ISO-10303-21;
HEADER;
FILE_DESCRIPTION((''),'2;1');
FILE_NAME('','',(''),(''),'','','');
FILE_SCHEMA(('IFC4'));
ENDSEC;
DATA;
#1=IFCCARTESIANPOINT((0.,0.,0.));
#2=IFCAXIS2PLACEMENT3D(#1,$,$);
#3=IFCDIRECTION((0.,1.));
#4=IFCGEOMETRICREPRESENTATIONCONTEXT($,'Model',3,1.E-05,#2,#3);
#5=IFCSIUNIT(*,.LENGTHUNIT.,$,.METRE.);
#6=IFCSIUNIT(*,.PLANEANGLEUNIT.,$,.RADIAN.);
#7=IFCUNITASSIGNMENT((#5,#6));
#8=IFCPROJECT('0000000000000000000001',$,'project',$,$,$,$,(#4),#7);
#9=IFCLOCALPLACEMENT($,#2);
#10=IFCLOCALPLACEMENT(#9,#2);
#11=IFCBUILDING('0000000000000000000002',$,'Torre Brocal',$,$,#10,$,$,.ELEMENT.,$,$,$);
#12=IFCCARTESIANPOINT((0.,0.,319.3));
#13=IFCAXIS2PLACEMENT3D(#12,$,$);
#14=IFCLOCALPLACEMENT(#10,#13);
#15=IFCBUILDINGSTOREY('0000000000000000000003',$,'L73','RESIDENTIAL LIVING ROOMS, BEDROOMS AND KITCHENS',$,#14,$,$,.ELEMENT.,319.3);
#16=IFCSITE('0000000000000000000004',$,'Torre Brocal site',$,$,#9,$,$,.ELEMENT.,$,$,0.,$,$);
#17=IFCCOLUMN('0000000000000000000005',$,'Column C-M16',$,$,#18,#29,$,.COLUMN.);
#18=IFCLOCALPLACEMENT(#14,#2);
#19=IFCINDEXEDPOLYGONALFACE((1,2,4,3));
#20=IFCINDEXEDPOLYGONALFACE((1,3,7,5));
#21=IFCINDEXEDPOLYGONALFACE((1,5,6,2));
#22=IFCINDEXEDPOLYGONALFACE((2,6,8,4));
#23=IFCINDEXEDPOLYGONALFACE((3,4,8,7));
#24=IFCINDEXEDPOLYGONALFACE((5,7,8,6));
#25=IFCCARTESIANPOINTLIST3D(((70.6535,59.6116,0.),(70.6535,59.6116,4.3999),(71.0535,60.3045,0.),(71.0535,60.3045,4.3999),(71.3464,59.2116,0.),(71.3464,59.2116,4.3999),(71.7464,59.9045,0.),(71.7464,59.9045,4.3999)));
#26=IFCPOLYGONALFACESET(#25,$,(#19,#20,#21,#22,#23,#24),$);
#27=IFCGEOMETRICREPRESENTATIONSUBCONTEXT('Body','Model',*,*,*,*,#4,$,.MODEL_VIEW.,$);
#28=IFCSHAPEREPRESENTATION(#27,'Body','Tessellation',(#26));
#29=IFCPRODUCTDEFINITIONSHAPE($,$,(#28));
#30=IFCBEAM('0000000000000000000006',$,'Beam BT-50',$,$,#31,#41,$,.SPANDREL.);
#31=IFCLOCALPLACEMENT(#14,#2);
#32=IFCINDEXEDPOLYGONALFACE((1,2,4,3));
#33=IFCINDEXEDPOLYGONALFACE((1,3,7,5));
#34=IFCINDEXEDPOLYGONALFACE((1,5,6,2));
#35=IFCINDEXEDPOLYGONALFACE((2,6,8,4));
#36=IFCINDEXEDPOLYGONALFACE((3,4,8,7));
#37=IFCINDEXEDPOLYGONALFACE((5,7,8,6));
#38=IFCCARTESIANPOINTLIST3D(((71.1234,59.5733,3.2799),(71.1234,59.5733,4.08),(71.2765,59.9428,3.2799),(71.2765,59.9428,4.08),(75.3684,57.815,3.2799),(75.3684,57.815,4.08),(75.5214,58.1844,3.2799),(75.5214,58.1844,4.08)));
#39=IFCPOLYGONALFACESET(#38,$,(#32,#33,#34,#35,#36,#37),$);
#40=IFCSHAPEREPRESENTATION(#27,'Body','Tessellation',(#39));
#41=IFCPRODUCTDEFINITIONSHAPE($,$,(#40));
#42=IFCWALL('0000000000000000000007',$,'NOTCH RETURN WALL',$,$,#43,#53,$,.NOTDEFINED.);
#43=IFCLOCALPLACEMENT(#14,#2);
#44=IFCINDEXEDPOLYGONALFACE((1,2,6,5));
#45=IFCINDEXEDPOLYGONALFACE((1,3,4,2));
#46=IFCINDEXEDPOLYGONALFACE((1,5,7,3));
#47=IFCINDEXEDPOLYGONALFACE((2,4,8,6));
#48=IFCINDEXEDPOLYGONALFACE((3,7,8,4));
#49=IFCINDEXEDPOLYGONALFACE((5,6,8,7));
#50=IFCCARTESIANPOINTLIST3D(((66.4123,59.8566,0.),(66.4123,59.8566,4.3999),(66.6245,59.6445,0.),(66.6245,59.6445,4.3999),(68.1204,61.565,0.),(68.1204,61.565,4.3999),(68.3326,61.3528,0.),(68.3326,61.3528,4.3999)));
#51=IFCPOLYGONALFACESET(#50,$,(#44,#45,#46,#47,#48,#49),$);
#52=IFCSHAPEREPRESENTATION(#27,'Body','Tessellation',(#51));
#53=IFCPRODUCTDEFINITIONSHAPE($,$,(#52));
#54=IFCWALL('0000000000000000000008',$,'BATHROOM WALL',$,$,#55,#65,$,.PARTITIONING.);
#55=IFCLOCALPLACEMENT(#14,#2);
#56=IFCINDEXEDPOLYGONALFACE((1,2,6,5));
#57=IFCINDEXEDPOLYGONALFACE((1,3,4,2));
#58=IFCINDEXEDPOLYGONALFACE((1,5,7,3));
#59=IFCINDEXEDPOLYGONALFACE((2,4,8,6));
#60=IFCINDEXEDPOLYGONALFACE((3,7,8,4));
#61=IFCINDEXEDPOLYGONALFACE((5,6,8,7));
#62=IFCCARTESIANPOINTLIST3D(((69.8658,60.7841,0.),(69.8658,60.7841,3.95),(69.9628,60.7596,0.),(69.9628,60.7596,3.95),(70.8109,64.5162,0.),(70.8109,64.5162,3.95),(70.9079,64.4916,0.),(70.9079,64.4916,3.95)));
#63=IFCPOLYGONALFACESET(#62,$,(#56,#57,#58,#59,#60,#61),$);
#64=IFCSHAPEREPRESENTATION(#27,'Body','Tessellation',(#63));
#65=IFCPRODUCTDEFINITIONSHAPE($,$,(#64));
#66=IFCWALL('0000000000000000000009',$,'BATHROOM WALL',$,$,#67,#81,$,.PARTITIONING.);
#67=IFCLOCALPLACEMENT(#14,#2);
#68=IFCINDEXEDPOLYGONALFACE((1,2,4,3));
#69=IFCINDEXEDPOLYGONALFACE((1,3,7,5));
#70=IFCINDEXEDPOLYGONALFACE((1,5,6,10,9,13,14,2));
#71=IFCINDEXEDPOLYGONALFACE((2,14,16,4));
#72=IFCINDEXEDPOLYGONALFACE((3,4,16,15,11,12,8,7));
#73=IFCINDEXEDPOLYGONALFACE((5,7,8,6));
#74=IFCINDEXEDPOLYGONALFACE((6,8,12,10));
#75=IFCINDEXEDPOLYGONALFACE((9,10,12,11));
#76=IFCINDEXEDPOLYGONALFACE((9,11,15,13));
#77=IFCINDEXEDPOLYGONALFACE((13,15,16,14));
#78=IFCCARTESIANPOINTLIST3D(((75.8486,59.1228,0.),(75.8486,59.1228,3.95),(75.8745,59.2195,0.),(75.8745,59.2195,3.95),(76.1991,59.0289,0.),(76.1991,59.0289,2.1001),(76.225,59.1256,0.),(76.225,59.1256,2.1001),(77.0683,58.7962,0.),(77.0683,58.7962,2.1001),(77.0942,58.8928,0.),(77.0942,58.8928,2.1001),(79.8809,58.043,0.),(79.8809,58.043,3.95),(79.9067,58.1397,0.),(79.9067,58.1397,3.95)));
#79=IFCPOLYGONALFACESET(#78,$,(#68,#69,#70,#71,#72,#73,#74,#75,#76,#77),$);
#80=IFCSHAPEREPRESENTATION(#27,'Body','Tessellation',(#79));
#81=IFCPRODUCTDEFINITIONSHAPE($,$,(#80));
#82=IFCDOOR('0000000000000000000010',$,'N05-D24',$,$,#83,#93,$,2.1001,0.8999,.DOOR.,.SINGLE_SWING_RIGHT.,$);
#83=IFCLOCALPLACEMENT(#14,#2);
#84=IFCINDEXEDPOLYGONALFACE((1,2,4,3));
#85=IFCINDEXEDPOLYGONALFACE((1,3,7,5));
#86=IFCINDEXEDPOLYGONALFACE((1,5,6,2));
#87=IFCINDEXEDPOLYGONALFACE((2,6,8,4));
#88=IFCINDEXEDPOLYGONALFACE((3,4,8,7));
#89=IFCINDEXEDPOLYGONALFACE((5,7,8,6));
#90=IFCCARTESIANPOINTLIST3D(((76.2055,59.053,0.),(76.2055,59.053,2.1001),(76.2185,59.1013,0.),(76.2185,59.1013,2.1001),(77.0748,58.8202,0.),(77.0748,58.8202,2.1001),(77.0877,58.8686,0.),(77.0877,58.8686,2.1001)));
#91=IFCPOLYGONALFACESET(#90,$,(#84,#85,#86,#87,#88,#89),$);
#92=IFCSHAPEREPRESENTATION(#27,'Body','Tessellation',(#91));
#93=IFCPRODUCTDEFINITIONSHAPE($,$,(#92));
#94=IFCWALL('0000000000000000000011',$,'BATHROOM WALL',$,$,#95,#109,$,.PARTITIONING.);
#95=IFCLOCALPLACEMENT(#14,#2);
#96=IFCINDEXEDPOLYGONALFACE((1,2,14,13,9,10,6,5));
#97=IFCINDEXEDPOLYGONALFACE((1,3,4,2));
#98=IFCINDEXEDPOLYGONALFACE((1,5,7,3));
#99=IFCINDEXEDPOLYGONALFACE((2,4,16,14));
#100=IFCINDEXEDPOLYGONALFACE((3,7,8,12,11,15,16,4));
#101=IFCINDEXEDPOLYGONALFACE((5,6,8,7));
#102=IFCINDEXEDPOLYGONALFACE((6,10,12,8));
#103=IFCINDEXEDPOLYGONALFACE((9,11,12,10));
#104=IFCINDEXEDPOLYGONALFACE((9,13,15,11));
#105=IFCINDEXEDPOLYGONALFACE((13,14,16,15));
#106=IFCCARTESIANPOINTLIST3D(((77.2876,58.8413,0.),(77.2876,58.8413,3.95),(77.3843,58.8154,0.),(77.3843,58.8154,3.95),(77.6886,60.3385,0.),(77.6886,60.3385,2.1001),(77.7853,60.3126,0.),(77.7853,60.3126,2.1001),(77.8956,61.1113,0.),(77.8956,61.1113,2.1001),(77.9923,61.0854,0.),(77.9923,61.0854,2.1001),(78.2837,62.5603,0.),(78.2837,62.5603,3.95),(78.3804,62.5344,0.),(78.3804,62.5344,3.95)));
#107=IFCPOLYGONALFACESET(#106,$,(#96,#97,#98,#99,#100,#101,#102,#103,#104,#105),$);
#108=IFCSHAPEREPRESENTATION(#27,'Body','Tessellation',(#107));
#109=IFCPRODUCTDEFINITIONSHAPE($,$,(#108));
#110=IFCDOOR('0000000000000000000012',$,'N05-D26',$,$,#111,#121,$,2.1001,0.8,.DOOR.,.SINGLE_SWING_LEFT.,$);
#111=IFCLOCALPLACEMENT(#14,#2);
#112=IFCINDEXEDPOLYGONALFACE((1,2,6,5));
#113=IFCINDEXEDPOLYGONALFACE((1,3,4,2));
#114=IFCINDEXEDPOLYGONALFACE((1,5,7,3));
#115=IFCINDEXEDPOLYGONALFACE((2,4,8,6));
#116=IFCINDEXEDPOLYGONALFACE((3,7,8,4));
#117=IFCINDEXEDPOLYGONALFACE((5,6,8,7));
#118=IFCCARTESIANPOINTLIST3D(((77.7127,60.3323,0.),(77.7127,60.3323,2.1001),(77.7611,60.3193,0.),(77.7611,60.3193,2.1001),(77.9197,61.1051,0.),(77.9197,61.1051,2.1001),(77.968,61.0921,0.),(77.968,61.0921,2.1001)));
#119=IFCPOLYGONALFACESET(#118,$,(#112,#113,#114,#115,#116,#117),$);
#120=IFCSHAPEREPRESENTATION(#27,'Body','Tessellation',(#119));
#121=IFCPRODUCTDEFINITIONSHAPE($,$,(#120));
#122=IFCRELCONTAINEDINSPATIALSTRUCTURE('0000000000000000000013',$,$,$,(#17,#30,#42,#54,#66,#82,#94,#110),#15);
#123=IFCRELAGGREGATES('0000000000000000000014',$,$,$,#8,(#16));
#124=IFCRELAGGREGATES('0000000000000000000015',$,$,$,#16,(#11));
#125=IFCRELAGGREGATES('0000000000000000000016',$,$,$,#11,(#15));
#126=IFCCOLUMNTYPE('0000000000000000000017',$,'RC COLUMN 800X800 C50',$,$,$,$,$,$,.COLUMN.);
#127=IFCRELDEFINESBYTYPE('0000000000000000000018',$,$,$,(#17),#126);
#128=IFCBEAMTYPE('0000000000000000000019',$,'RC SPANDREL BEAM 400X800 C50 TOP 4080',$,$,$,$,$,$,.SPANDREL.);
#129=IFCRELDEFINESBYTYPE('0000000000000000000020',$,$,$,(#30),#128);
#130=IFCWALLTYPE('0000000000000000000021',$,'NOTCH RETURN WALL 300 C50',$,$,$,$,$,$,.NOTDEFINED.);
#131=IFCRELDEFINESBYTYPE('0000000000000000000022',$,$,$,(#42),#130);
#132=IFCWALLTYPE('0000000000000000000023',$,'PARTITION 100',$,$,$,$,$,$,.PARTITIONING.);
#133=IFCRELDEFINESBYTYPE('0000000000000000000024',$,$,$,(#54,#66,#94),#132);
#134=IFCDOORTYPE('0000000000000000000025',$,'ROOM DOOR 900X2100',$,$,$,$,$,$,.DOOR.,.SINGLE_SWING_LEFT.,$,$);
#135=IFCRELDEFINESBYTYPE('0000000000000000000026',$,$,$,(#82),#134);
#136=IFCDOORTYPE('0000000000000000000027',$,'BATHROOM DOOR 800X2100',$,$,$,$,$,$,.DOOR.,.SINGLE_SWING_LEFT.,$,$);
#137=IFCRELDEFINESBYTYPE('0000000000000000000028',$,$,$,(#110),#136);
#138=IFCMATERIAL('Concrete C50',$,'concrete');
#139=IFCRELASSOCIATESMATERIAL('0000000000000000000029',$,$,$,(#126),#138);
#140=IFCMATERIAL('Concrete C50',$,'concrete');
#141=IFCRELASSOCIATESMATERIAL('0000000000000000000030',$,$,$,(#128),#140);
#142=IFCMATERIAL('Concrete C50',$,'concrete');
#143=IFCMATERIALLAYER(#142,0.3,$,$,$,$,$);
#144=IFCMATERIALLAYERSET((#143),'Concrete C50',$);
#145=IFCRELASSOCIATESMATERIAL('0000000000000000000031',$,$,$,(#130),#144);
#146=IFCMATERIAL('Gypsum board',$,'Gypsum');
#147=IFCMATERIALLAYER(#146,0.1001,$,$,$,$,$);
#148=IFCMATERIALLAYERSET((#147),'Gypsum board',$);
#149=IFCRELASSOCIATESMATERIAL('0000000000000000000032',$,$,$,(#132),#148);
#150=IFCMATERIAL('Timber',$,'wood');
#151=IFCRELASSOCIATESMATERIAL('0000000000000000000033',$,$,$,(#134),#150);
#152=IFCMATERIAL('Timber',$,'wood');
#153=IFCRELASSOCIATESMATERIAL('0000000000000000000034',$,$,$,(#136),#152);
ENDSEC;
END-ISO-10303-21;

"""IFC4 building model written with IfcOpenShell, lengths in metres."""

from ifc_helpers import new_model, si_unit, direction, frame, frame_2d, origin, origin_2d, place, context, subcontext, project, spatial, rectangle, extrude, material, layer, layer_set, material_profile, profile_set, type_object, element, fill, save


model = new_model("IFC4")

# Units and contexts
model_context = context("Model", 3, precision=1e-05, world=origin(), true_north=direction((0.0, 1.0)))
body_context = subcontext(model_context, "Body", "Model", "MODEL_VIEW")
ifc_project = project(units=[si_unit("LENGTHUNIT", "METRE"), si_unit("PLANEANGLEUNIT", "RADIAN")], contexts=[model_context])

# Site, building, storey
site_placement = place(None, origin())
site = spatial("IfcSite", under=ifc_project, at=site_placement, Name="Torre Brocal site", CompositionType="ELEMENT", RefElevation=0.0)
building_placement = place(site_placement, origin())
building = spatial("IfcBuilding", under=site, at=building_placement, Name="Torre Brocal", CompositionType="ELEMENT")
storey_placement = place(building_placement, frame((0.0, 0.0, 319.3)))
storey = spatial("IfcBuildingStorey", under=building, at=storey_placement, Name="L73", Description="RESIDENTIAL LIVING ROOMS, BEDROOMS AND KITCHENS", CompositionType="ELEMENT", Elevation=319.3)

# Column
ifc_material_1 = material(Name="Concrete C50", Category="concrete")
ifc_material_profile_1 = material_profile(ifc_material_1, rectangle(XDim=0.8, YDim=0.8, at=origin_2d()), Name="RC 800X800")
ifc_profile_set_1 = profile_set([ifc_material_profile_1], Name="Concrete C50")
column_type = type_object("IfcColumnType", Name="RC COLUMN 800X800 C50", PredefinedType="COLUMN", material=ifc_profile_set_1)
column_placement = place(storey_placement, frame((71.2, 59.7581, 0.0), z_axis=(0.0, 0.0, 1.0), x_axis=(-0.5, -0.866025, 0.0)))
element("IfcColumn", 1, at=column_placement, inside=storey, type_object=column_type, Name="Column C-M16", PredefinedType="COLUMN", context=body_context, shape_type="SweptSolid", body=[
    extrude(rectangle(XDim=0.8, YDim=0.8, at=origin_2d()), origin(), (0.0, 0.0, 1.0), 4.3999),
])

# Beam
ifc_material_2 = material(Name="Concrete C50", Category="concrete")
ifc_material_profile_2 = material_profile(ifc_material_2, rectangle(XDim=0.3999, YDim=0.8, at=origin_2d()), Name="RC 400X800")
ifc_profile_set_2 = profile_set([ifc_material_profile_2], Name="Concrete C50")
beam_type = type_object("IfcBeamType", Name="RC SPANDREL BEAM 400X800 C50 TOP 4080", PredefinedType="SPANDREL", material=ifc_profile_set_2)
beam_placement = place(storey_placement, frame((71.2, 59.7581, 3.6799), z_axis=(0.923878, -0.382687, 0.0), x_axis=(0.382687, 0.923878, 0.0)))
element("IfcBeam", 2, at=beam_placement, inside=storey, type_object=beam_type, Name="Beam BT-50", PredefinedType="SPANDREL", context=body_context, shape_type="SweptSolid", body=[
    extrude(rectangle(XDim=0.3999, YDim=0.8, at=origin_2d()), origin(), (0.0, 0.0, 1.0), 4.5947),
])

# Walls
ifc_material_3 = material(Name="Concrete C50", Category="concrete")
ifc_layer_1 = layer(ifc_material_3, 0.3)
ifc_layer_set_1 = layer_set([ifc_layer_1], Name="Concrete C50")
wall_type_1 = type_object("IfcWallType", Name="NOTCH RETURN WALL 300 C50", PredefinedType="NOTDEFINED", material=ifc_layer_set_1)
wall_1_placement = place(storey_placement, frame((68.2266, 61.459, 0.0), z_axis=(0.0, 0.0, 1.0), x_axis=(-0.707056, -0.707157, 0.0)))
element("IfcWall", 3, at=wall_1_placement, inside=storey, type_object=wall_type_1, Name="NOTCH RETURN WALL", PredefinedType="NOTDEFINED", context=body_context, shape_type="SweptSolid", body=[
    extrude(rectangle(XDim=2.4158, YDim=0.3, at=frame_2d((1.208, 0.0))), origin(), (0.0, 0.0, 1.0), 4.3999),
])
ifc_material_4 = material(Name="Gypsum board", Category="Gypsum")
ifc_layer_2 = layer(ifc_material_4, 0.1001)
ifc_layer_set_2 = layer_set([ifc_layer_2], Name="Gypsum board")
wall_type_2 = type_object("IfcWallType", Name="PARTITION 100", PredefinedType="PARTITIONING", material=ifc_layer_set_2)
wall_2_placement = place(storey_placement, frame((69.9143, 60.772, 0.0), z_axis=(0.0, 0.0, 1.0), x_axis=(0.245489, 0.969399, 0.0)))
element("IfcWall", 4, at=wall_2_placement, inside=storey, type_object=wall_type_2, Name="BATHROOM WALL", PredefinedType="PARTITIONING", context=body_context, shape_type="SweptSolid", body=[
    extrude(rectangle(XDim=3.8499, YDim=0.1001, at=frame_2d((1.9248, 0.0))), origin(), (0.0, 0.0, 1.0), 3.95),
])

# Walls, openings, doors
wall_3_placement = place(storey_placement, frame((75.8616, 59.1711, 0.0), z_axis=(0.0, 0.0, 1.0), x_axis=(0.965962, -0.258685, 0.0)))
wall_3 = element("IfcWall", 5, at=wall_3_placement, inside=storey, type_object=wall_type_2, Name="BATHROOM WALL", PredefinedType="PARTITIONING", context=body_context, shape_type="SweptSolid", body=[
    extrude(rectangle(XDim=4.1743, YDim=0.1001, at=frame_2d((2.0872, 0.0))), origin(), (0.0, 0.0, 1.0), 3.95),
])
opening_1_placement = place(wall_3_placement, frame((0.3628, 0.0, 0.0)))
opening_1 = element("IfcOpeningElement", 6, at=opening_1_placement, cuts=wall_3, PredefinedType="OPENING", context=body_context, shape_type="SweptSolid", body=[
    extrude(rectangle(XDim=0.8999, YDim=2.1001, at=frame_2d((0.45, 1.05))), frame((0.0, 0.0601, 0.0), z_axis=(0.0, -1.0, 0.0), x_axis=(1.0, 0.0, 0.0)), (0.0, 0.0, 1.0), 0.1201),
])
ifc_material_5 = material(Name="Timber", Category="wood")
door_type_1 = type_object("IfcDoorType", Name="ROOM DOOR 900X2100", OperationType="SINGLE_SWING_LEFT", PredefinedType="DOOR", material=ifc_material_5)
door_1_placement = place(opening_1_placement, origin())
door_1 = element("IfcDoor", 7, at=door_1_placement, inside=storey, type_object=door_type_1, Name="N05-D24", OperationType="SINGLE_SWING_RIGHT", OverallHeight=2.1001, OverallWidth=0.8999, PredefinedType="DOOR", context=body_context, shape_type="SweptSolid", body=[
    extrude(rectangle(XDim=0.8999, YDim=2.1001, at=frame_2d((0.45, 1.05))), frame((0.0, 0.0249, 0.0), z_axis=(0.0, -1.0, 0.0), x_axis=(1.0, 0.0, 0.0)), (0.0, 0.0, 1.0), 0.05),
])
fill(opening_1, door_1)
wall_4_placement = place(storey_placement, frame((77.3359, 58.8284, 0.0), z_axis=(0.0, 0.0, 1.0), x_axis=(0.25872, 0.965952, 0.0)))
wall_4 = element("IfcWall", 8, at=wall_4_placement, inside=storey, type_object=wall_type_2, Name="BATHROOM WALL", PredefinedType="PARTITIONING", context=body_context, shape_type="SweptSolid", body=[
    extrude(rectangle(XDim=3.8501, YDim=0.1001, at=frame_2d((1.925, 0.0))), origin(), (0.0, 0.0, 1.0), 3.95),
])
opening_2_placement = place(wall_4_placement, frame((1.55, 0.0, 0.0)))
opening_2 = element("IfcOpeningElement", 9, at=opening_2_placement, cuts=wall_4, PredefinedType="OPENING", context=body_context, shape_type="SweptSolid", body=[
    extrude(rectangle(XDim=0.8, YDim=2.1001, at=frame_2d((0.3999, 1.05))), frame((0.0, 0.0601, 0.0), z_axis=(0.0, -1.0, 0.0), x_axis=(1.0, 0.0, 0.0)), (0.0, 0.0, 1.0), 0.1201),
])
ifc_material_6 = material(Name="Timber", Category="wood")
door_type_2 = type_object("IfcDoorType", Name="BATHROOM DOOR 800X2100", OperationType="SINGLE_SWING_LEFT", PredefinedType="DOOR", material=ifc_material_6)
door_2_placement = place(opening_2_placement, frame((0.8, 0.0, 0.0), z_axis=(0.0, 0.0, 1.0), x_axis=(-1.0, 0.0, 0.0)))
door_2 = element("IfcDoor", 10, at=door_2_placement, inside=storey, type_object=door_type_2, Name="N05-D26", OperationType="SINGLE_SWING_LEFT", OverallHeight=2.1001, OverallWidth=0.8, PredefinedType="DOOR", context=body_context, shape_type="SweptSolid", body=[
    extrude(rectangle(XDim=0.8, YDim=2.1001, at=frame_2d((0.3999, 1.05))), frame((0.0, 0.0249, 0.0), z_axis=(0.0, -1.0, 0.0), x_axis=(1.0, 0.0, 0.0)), (0.0, 0.0, 1.0), 0.05),
])
fill(opening_2, door_2)

save(model, "model.ifc")
